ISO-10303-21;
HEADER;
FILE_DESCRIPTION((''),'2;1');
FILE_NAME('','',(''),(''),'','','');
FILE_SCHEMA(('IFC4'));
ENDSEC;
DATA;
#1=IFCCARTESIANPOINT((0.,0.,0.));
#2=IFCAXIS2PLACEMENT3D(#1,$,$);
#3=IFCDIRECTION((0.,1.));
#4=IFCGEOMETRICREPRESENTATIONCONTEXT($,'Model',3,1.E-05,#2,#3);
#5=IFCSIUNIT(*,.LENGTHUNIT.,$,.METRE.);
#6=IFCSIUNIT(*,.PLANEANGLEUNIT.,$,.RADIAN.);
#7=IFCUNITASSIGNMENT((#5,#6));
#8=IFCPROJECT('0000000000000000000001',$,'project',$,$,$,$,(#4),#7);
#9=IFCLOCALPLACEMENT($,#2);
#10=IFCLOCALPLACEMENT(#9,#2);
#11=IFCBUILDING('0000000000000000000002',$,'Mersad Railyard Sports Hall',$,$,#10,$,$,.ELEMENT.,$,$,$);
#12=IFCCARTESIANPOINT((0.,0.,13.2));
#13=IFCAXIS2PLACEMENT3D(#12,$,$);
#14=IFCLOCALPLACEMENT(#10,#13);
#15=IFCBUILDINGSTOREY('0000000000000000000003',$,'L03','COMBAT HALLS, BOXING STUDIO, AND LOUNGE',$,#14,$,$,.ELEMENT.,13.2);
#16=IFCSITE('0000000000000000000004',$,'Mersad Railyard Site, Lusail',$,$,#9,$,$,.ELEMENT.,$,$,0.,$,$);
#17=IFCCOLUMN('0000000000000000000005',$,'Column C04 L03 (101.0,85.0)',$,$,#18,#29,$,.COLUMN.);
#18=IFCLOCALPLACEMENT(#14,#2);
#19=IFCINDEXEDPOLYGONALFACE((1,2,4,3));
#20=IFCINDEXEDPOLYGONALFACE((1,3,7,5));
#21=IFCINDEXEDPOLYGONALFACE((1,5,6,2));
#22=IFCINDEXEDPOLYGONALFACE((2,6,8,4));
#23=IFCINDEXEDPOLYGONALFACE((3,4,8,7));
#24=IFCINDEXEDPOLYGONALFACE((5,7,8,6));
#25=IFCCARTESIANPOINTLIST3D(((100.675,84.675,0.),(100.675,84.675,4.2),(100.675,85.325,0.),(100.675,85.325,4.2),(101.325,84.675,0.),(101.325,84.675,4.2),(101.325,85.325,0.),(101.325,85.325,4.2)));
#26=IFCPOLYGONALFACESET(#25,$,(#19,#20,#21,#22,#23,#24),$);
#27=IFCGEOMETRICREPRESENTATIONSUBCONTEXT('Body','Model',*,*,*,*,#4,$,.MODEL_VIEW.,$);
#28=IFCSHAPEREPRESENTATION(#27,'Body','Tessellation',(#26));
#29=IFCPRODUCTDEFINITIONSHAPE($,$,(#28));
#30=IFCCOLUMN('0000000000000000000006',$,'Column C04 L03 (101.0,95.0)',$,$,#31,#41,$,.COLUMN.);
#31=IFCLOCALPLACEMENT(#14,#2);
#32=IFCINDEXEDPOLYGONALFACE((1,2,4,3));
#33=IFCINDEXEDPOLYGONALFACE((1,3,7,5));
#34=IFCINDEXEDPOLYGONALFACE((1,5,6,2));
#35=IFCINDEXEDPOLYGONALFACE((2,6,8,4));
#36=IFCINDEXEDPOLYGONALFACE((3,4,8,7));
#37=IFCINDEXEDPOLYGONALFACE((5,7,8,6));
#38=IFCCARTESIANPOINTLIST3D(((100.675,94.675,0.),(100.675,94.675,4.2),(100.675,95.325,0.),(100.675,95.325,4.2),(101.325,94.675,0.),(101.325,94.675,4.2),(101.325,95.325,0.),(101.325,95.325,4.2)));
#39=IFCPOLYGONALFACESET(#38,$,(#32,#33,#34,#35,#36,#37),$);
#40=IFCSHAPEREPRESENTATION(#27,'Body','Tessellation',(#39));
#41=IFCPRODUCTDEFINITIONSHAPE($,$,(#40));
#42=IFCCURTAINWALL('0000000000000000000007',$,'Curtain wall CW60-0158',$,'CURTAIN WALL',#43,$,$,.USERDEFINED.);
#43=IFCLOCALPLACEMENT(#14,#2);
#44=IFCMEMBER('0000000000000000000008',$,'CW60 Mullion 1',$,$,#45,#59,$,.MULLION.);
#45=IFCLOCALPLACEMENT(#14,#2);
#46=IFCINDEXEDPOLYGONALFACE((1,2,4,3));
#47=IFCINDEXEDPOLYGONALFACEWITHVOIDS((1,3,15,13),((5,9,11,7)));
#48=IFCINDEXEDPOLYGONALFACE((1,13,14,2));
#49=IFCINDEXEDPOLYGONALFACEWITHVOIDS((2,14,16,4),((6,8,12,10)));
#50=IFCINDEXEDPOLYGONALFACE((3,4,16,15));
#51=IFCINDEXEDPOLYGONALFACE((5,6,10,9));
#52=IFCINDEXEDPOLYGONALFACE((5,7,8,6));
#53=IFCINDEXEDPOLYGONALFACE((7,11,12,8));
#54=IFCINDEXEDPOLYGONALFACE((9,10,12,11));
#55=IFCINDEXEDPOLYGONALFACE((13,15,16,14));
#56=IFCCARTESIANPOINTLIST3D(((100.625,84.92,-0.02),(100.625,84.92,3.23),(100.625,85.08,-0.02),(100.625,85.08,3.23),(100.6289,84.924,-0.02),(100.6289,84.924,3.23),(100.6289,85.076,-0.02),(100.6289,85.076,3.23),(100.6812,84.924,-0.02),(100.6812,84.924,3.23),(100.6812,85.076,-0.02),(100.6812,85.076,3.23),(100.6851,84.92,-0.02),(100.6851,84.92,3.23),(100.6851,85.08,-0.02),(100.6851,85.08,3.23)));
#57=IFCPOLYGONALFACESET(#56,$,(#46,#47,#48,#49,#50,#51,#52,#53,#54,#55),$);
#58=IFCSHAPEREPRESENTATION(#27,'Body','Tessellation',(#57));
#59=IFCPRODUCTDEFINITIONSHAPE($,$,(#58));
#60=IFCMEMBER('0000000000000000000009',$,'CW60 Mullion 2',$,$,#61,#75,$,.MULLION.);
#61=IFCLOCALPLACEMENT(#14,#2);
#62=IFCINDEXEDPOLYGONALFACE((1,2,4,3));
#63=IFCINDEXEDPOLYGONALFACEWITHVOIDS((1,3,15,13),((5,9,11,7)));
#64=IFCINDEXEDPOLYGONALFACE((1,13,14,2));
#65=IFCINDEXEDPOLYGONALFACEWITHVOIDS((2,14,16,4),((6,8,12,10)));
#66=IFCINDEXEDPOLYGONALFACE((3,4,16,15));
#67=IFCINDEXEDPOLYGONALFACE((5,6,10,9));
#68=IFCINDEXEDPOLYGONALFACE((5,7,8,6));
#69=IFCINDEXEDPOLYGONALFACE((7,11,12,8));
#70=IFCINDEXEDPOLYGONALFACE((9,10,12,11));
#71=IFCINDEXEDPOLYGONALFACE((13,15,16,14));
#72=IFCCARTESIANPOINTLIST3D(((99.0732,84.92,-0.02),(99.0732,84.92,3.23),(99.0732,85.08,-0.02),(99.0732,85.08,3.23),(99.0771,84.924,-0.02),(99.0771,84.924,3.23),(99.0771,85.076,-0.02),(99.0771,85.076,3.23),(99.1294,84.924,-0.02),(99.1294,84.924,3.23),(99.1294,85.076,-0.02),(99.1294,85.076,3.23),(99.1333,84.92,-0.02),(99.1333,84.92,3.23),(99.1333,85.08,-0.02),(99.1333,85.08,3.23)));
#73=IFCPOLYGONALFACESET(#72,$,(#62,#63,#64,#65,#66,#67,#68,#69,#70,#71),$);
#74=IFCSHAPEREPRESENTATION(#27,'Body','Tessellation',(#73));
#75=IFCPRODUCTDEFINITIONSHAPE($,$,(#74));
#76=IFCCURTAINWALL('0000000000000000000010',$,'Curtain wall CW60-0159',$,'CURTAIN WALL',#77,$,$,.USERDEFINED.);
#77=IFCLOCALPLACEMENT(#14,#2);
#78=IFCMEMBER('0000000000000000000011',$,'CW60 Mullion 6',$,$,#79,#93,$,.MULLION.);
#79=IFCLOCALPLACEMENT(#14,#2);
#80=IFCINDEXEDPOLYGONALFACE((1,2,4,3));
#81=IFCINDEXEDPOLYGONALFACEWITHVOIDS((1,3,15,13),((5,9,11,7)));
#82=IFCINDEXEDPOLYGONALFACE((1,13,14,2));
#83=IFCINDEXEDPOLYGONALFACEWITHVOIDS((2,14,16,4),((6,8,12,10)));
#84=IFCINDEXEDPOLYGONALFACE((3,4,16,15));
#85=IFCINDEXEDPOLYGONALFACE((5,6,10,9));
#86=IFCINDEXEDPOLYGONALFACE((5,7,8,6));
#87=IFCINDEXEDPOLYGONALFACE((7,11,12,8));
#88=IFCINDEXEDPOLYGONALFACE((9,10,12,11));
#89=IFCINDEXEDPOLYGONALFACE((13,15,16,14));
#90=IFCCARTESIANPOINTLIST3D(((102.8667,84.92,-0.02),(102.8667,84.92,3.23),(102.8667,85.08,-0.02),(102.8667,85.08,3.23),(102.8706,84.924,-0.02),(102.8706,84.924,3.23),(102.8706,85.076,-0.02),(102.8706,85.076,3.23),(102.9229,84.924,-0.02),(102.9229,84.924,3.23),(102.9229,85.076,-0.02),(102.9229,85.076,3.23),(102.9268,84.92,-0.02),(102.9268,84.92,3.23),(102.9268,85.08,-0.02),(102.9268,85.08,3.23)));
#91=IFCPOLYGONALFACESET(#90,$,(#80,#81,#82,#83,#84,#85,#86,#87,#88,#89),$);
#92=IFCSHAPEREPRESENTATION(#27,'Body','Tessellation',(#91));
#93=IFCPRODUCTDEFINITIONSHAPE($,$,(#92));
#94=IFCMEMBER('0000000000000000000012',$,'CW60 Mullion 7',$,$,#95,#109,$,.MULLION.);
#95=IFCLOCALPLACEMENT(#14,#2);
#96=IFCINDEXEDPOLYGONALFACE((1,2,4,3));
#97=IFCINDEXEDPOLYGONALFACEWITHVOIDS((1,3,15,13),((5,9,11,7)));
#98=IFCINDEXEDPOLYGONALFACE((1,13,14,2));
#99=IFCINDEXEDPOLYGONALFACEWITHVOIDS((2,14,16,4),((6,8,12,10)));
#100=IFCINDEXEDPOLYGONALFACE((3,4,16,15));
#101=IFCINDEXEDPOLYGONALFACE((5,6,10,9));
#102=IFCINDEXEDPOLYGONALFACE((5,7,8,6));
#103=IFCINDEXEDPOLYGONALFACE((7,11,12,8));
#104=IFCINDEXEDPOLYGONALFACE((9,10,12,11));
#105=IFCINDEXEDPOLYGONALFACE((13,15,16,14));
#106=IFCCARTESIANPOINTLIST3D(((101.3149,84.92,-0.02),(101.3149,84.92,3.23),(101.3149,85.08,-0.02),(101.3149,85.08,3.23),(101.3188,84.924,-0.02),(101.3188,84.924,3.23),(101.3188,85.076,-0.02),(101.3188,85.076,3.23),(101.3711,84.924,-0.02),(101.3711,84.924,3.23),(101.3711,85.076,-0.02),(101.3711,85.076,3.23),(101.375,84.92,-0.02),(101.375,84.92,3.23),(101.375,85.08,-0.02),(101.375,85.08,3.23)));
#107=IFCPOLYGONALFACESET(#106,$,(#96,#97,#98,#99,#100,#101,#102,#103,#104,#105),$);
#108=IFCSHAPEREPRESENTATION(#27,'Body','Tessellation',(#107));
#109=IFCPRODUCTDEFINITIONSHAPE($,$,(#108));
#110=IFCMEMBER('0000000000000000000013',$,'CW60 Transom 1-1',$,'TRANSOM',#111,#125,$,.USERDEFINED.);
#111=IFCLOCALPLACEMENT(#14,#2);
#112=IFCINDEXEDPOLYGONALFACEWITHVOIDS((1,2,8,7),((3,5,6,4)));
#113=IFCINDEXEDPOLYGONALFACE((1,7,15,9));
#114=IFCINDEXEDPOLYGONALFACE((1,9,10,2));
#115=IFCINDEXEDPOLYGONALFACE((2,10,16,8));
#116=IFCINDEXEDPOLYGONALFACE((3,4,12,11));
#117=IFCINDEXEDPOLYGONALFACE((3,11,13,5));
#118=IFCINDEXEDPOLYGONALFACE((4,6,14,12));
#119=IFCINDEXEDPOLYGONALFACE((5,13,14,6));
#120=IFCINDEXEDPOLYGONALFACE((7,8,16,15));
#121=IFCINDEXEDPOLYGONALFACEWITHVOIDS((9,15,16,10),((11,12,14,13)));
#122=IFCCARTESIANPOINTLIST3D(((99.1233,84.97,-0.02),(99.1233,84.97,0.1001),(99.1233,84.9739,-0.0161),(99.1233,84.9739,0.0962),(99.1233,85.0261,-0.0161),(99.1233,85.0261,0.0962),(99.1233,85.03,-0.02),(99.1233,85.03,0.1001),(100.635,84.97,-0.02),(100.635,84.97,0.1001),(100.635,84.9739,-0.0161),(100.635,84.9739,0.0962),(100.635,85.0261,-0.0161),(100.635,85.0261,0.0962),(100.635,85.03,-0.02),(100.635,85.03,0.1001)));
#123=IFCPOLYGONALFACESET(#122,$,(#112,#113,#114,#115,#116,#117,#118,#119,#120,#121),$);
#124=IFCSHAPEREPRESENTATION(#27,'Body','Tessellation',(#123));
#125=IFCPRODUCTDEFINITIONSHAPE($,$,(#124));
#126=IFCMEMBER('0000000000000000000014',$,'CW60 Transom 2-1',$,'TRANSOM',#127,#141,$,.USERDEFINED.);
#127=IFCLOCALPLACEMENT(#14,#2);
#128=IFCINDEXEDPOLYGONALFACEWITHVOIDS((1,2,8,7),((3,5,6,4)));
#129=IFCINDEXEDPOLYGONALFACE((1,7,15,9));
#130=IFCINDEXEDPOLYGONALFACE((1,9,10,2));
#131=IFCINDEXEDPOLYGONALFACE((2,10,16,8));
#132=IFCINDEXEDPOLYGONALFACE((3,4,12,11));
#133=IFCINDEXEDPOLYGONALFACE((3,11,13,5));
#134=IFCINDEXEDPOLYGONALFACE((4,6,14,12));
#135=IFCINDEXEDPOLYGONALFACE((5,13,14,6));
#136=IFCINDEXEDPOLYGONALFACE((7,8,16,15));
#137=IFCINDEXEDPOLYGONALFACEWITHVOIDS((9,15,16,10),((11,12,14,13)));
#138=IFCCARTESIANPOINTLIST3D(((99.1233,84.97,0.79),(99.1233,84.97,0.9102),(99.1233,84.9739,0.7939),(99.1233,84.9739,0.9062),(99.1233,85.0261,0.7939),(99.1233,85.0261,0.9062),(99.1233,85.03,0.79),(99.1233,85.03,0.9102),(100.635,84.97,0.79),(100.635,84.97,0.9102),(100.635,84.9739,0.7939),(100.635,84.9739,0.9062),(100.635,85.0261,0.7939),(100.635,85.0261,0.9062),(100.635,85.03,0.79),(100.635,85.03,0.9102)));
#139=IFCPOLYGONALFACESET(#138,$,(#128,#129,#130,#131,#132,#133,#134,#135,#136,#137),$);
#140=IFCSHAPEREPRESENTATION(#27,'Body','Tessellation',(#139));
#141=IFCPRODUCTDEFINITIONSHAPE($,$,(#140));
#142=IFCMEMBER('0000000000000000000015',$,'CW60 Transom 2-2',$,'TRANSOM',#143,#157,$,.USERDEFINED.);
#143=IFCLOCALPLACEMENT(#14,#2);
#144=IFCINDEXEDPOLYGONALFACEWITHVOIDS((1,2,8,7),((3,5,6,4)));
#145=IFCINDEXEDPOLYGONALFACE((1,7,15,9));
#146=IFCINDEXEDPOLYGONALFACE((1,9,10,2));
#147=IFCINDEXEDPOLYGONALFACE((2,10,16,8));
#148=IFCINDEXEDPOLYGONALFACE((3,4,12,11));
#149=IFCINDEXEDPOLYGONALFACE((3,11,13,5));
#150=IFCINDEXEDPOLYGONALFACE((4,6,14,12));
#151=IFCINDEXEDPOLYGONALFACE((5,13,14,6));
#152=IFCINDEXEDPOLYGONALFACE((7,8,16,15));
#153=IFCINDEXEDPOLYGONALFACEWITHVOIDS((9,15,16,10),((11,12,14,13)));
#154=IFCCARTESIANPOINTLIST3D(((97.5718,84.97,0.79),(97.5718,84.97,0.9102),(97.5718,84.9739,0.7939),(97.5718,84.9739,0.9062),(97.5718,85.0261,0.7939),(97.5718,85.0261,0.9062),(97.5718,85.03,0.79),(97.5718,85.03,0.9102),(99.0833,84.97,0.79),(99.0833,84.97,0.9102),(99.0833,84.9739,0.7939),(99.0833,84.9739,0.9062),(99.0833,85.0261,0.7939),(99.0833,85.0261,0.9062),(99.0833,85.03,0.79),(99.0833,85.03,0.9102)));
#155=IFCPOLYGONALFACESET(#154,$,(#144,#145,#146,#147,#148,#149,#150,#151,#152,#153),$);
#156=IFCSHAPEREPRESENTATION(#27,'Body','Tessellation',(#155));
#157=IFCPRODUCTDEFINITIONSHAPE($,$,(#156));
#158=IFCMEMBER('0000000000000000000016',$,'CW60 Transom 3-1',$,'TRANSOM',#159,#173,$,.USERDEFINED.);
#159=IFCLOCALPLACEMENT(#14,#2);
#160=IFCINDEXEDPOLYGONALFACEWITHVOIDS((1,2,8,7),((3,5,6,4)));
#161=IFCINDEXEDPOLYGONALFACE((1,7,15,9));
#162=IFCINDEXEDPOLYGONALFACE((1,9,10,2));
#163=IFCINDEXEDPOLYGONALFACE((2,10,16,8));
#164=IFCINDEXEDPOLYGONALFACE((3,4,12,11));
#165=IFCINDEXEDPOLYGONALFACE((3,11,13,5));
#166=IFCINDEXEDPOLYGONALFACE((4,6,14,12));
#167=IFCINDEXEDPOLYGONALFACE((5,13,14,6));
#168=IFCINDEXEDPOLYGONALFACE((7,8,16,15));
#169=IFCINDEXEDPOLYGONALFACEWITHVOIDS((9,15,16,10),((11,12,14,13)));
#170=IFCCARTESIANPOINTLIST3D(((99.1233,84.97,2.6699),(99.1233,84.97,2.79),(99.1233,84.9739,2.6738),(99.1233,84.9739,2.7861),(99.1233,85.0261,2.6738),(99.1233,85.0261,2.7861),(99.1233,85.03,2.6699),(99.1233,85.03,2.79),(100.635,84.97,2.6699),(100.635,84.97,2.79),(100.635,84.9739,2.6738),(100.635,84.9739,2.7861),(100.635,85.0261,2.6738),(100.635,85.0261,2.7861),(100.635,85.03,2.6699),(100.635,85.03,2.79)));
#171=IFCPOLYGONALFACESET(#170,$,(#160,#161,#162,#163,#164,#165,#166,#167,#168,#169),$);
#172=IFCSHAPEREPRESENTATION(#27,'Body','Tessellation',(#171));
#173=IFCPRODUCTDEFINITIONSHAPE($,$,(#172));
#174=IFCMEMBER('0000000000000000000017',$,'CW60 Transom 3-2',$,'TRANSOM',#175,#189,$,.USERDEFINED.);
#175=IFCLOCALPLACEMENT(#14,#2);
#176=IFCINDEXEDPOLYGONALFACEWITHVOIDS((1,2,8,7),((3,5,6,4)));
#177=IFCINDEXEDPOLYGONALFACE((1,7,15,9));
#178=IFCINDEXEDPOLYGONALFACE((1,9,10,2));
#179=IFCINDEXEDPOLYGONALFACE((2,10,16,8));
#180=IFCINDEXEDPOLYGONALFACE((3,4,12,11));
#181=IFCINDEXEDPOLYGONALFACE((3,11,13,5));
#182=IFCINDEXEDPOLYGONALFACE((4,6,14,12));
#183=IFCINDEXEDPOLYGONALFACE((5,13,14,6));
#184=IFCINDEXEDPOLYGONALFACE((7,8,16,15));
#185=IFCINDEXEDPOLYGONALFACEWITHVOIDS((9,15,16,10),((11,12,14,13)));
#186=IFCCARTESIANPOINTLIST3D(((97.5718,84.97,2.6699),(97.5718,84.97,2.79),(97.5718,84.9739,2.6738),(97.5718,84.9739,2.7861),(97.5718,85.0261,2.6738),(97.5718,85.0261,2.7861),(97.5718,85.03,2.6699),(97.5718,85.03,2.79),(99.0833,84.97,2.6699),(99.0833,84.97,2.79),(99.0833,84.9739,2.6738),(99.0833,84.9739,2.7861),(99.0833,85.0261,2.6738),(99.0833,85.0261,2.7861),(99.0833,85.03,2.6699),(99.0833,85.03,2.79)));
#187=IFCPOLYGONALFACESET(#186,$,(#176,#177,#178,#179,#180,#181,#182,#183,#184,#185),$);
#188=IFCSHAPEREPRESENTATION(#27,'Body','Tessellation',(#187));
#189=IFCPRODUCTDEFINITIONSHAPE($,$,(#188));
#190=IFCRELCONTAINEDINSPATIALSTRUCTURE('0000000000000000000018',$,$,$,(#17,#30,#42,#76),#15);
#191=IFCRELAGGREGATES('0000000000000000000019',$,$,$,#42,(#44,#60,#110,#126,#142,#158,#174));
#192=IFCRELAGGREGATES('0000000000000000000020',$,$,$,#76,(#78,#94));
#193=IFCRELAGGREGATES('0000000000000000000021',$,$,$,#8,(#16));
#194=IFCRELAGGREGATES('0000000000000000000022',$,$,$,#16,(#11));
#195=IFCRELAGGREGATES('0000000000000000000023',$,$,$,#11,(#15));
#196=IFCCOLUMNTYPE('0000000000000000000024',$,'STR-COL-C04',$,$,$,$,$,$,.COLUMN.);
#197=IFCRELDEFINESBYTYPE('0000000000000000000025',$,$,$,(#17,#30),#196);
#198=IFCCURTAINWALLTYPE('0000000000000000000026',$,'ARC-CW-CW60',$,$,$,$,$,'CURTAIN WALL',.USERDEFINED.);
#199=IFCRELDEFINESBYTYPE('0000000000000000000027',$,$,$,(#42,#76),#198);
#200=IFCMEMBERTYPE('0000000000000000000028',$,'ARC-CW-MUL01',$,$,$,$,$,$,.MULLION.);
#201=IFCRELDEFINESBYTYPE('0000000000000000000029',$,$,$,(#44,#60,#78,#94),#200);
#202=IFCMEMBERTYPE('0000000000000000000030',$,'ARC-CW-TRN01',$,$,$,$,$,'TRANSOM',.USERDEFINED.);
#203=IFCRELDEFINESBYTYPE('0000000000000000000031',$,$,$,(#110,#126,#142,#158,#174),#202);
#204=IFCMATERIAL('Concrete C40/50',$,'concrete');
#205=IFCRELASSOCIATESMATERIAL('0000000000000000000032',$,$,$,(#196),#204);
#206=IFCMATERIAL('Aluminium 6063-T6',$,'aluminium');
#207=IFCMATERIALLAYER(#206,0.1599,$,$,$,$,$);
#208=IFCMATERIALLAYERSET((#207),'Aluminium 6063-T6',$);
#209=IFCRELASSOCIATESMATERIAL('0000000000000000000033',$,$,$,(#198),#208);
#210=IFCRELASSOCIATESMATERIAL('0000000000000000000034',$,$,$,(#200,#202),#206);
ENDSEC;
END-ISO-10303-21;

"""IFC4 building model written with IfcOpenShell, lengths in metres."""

from ifc_helpers import new_model, si_unit, direction, frame, origin, origin_2d, place, context, subcontext, project, spatial, rectangle, hollow_rectangle, extrude, material, layer, layer_set, material_profile, profile_set, type_object, element, aggregate, save


model = new_model("IFC4")

# Units and contexts
model_context = context("Model", 3, precision=1e-05, world=origin(), true_north=direction((0.0, 1.0)))
body_context = subcontext(model_context, "Body", "Model", "MODEL_VIEW")
ifc_project = project(units=[si_unit("LENGTHUNIT", "METRE"), si_unit("PLANEANGLEUNIT", "RADIAN")], contexts=[model_context])

# Site, building, storey
site_placement = place(None, origin())
site = spatial("IfcSite", under=ifc_project, at=site_placement, Name="Mersad Railyard Site, Lusail", CompositionType="ELEMENT", RefElevation=0.0)
building_placement = place(site_placement, origin())
building = spatial("IfcBuilding", under=site, at=building_placement, Name="Mersad Railyard Sports Hall", CompositionType="ELEMENT")
storey_placement = place(building_placement, frame((0.0, 0.0, 13.2)))
storey = spatial("IfcBuildingStorey", under=building, at=storey_placement, Name="L03", Description="COMBAT HALLS, BOXING STUDIO, AND LOUNGE", CompositionType="ELEMENT", Elevation=13.2)

# Columns
ifc_material_1 = material(Name="Concrete C40/50", Category="concrete")
ifc_material_profile_1 = material_profile(ifc_material_1, rectangle(XDim=0.6499, YDim=0.6499, at=origin_2d()), Name="RC 650x650")
ifc_profile_set_1 = profile_set([ifc_material_profile_1], Name="Concrete C40/50")
column_type = type_object("IfcColumnType", Name="STR-COL-C04", PredefinedType="COLUMN", material=ifc_profile_set_1)
for number, where, z_axis, x_axis, name in (
    (1, (101.0, 85.0, 0.0), (0.0, 0.0, 1.0), (1.0, 0.0, 0.0), "Column C04 L03 (101.0,85.0)"),
    (2, (101.0, 95.0, 0.0), (0.0, 0.0, 1.0), (1.0, 0.0, 0.0), "Column C04 L03 (101.0,95.0)"),
):
    element("IfcColumn", number, at=place(storey_placement, frame(where, z_axis=z_axis, x_axis=x_axis)), inside=storey, type_object=column_type, Name=name, PredefinedType="COLUMN", context=body_context, shape_type="SweptSolid", body=[
        extrude(rectangle(XDim=0.6499, YDim=0.6499, at=origin_2d()), origin(), (0.0, 0.0, 1.0), 4.2),
    ])

# Curtain walls, members
ifc_material_2 = material(Name="Aluminium 6063-T6", Category="aluminium")
ifc_layer_1 = layer(ifc_material_2, 0.1599)
ifc_layer_set_1 = layer_set([ifc_layer_1], Name="Aluminium 6063-T6")
curtain_wall_type = type_object("IfcCurtainWallType", Name="ARC-CW-CW60", ElementType="CURTAIN WALL", PredefinedType="USERDEFINED", material=ifc_layer_set_1)
curtain_wall_1_placement = place(storey_placement, origin())
curtain_wall_1 = element("IfcCurtainWall", 3, at=curtain_wall_1_placement, inside=storey, type_object=curtain_wall_type, Name="Curtain wall CW60-0158", ObjectType="CURTAIN WALL", PredefinedType="USERDEFINED")
ifc_material_profile_2 = material_profile(ifc_material_2, hollow_rectangle(XDim=0.0601, YDim=0.1599, WallThickness=0.0039, at=origin_2d()), Name="AL MULLION 60x160x4")
ifc_profile_set_2 = profile_set([ifc_material_profile_2], Name="Aluminium 6063-T6")
member_type_1 = type_object("IfcMemberType", Name="ARC-CW-MUL01", PredefinedType="MULLION", material=ifc_profile_set_2)
member_1_placement = place(storey_placement, frame((100.655, 85.0, -0.02), z_axis=(0.0, 0.0, 1.0), x_axis=(1.0, 0.0, 0.0)))
member_1 = element("IfcMember", 4, at=member_1_placement, type_object=member_type_1, Name="CW60 Mullion 1", PredefinedType="MULLION", context=body_context, shape_type="SweptSolid", body=[
    extrude(hollow_rectangle(XDim=0.0601, YDim=0.1599, WallThickness=0.0039, at=origin_2d()), origin(), (0.0, 0.0, 1.0), 3.25),
])
member_2_placement = place(storey_placement, frame((99.1033, 85.0, -0.02), z_axis=(0.0, 0.0, 1.0), x_axis=(1.0, 0.0, 0.0)))
member_2 = element("IfcMember", 5, at=member_2_placement, type_object=member_type_1, Name="CW60 Mullion 2", PredefinedType="MULLION", context=body_context, shape_type="SweptSolid", body=[
    extrude(hollow_rectangle(XDim=0.0601, YDim=0.1599, WallThickness=0.0039, at=origin_2d()), origin(), (0.0, 0.0, 1.0), 3.25),
])
curtain_wall_2_placement = place(storey_placement, origin())
curtain_wall_2 = element("IfcCurtainWall", 6, at=curtain_wall_2_placement, inside=storey, type_object=curtain_wall_type, Name="Curtain wall CW60-0159", ObjectType="CURTAIN WALL", PredefinedType="USERDEFINED")
member_3_placement = place(storey_placement, frame((102.8967, 85.0, -0.02), z_axis=(0.0, 0.0, 1.0), x_axis=(1.0, 0.0, 0.0)))
member_3 = element("IfcMember", 7, at=member_3_placement, type_object=member_type_1, Name="CW60 Mullion 6", PredefinedType="MULLION", context=body_context, shape_type="SweptSolid", body=[
    extrude(hollow_rectangle(XDim=0.0601, YDim=0.1599, WallThickness=0.0039, at=origin_2d()), origin(), (0.0, 0.0, 1.0), 3.25),
])
member_4_placement = place(storey_placement, frame((101.345, 85.0, -0.02), z_axis=(0.0, 0.0, 1.0), x_axis=(1.0, 0.0, 0.0)))
member_4 = element("IfcMember", 8, at=member_4_placement, type_object=member_type_1, Name="CW60 Mullion 7", PredefinedType="MULLION", context=body_context, shape_type="SweptSolid", body=[
    extrude(hollow_rectangle(XDim=0.0601, YDim=0.1599, WallThickness=0.0039, at=origin_2d()), origin(), (0.0, 0.0, 1.0), 3.25),
])

# Members
ifc_material_profile_3 = material_profile(ifc_material_2, hollow_rectangle(XDim=0.0601, YDim=0.1201, WallThickness=0.0039, at=origin_2d()), Name="AL TRANSOM 60x120x4")
ifc_profile_set_3 = profile_set([ifc_material_profile_3], Name="Aluminium 6063-T6")
member_type_2 = type_object("IfcMemberType", Name="ARC-CW-TRN01", ElementType="TRANSOM", PredefinedType="USERDEFINED", material=ifc_profile_set_3)
member_5_placement = place(storey_placement, frame((100.635, 85.0, 0.04), z_axis=(-1.0, 0.0, 0.0), x_axis=(0.0, -1.0, 0.0)))
member_5 = element("IfcMember", 9, at=member_5_placement, type_object=member_type_2, Name="CW60 Transom 1-1", ObjectType="TRANSOM", PredefinedType="USERDEFINED", context=body_context, shape_type="SweptSolid", body=[
    extrude(hollow_rectangle(XDim=0.0601, YDim=0.1201, WallThickness=0.0039, at=origin_2d()), origin(), (0.0, 0.0, 1.0), 1.5117),
])
member_6_placement = place(storey_placement, frame((100.635, 85.0, 0.8501), z_axis=(-1.0, 0.0, 0.0), x_axis=(0.0, -1.0, 0.0)))
member_6 = element("IfcMember", 10, at=member_6_placement, type_object=member_type_2, Name="CW60 Transom 2-1", ObjectType="TRANSOM", PredefinedType="USERDEFINED", context=body_context, shape_type="SweptSolid", body=[
    extrude(hollow_rectangle(XDim=0.0601, YDim=0.1201, WallThickness=0.0039, at=origin_2d()), origin(), (0.0, 0.0, 1.0), 1.5117),
])
member_7_placement = place(storey_placement, frame((99.0833, 85.0, 0.8501), z_axis=(-1.0, 0.0, 0.0), x_axis=(0.0, -1.0, 0.0)))
member_7 = element("IfcMember", 11, at=member_7_placement, type_object=member_type_2, Name="CW60 Transom 2-2", ObjectType="TRANSOM", PredefinedType="USERDEFINED", context=body_context, shape_type="SweptSolid", body=[
    extrude(hollow_rectangle(XDim=0.0601, YDim=0.1201, WallThickness=0.0039, at=origin_2d()), origin(), (0.0, 0.0, 1.0), 1.5115),
])
member_8_placement = place(storey_placement, frame((100.635, 85.0, 2.73), z_axis=(-1.0, 0.0, 0.0), x_axis=(0.0, -1.0, 0.0)))
member_8 = element("IfcMember", 12, at=member_8_placement, type_object=member_type_2, Name="CW60 Transom 3-1", ObjectType="TRANSOM", PredefinedType="USERDEFINED", context=body_context, shape_type="SweptSolid", body=[
    extrude(hollow_rectangle(XDim=0.0601, YDim=0.1201, WallThickness=0.0039, at=origin_2d()), origin(), (0.0, 0.0, 1.0), 1.5117),
])
member_9_placement = place(storey_placement, frame((99.0833, 85.0, 2.73), z_axis=(-1.0, 0.0, 0.0), x_axis=(0.0, -1.0, 0.0)))
member_9 = element("IfcMember", 13, at=member_9_placement, type_object=member_type_2, Name="CW60 Transom 3-2", ObjectType="TRANSOM", PredefinedType="USERDEFINED", context=body_context, shape_type="SweptSolid", body=[
    extrude(hollow_rectangle(XDim=0.0601, YDim=0.1201, WallThickness=0.0039, at=origin_2d()), origin(), (0.0, 0.0, 1.0), 1.5115),
])

aggregate(curtain_wall_1, [member_1, member_2, member_5, member_6, member_7, member_8, member_9])
aggregate(curtain_wall_2, [member_3, member_4])

save(model, "model.ifc")
